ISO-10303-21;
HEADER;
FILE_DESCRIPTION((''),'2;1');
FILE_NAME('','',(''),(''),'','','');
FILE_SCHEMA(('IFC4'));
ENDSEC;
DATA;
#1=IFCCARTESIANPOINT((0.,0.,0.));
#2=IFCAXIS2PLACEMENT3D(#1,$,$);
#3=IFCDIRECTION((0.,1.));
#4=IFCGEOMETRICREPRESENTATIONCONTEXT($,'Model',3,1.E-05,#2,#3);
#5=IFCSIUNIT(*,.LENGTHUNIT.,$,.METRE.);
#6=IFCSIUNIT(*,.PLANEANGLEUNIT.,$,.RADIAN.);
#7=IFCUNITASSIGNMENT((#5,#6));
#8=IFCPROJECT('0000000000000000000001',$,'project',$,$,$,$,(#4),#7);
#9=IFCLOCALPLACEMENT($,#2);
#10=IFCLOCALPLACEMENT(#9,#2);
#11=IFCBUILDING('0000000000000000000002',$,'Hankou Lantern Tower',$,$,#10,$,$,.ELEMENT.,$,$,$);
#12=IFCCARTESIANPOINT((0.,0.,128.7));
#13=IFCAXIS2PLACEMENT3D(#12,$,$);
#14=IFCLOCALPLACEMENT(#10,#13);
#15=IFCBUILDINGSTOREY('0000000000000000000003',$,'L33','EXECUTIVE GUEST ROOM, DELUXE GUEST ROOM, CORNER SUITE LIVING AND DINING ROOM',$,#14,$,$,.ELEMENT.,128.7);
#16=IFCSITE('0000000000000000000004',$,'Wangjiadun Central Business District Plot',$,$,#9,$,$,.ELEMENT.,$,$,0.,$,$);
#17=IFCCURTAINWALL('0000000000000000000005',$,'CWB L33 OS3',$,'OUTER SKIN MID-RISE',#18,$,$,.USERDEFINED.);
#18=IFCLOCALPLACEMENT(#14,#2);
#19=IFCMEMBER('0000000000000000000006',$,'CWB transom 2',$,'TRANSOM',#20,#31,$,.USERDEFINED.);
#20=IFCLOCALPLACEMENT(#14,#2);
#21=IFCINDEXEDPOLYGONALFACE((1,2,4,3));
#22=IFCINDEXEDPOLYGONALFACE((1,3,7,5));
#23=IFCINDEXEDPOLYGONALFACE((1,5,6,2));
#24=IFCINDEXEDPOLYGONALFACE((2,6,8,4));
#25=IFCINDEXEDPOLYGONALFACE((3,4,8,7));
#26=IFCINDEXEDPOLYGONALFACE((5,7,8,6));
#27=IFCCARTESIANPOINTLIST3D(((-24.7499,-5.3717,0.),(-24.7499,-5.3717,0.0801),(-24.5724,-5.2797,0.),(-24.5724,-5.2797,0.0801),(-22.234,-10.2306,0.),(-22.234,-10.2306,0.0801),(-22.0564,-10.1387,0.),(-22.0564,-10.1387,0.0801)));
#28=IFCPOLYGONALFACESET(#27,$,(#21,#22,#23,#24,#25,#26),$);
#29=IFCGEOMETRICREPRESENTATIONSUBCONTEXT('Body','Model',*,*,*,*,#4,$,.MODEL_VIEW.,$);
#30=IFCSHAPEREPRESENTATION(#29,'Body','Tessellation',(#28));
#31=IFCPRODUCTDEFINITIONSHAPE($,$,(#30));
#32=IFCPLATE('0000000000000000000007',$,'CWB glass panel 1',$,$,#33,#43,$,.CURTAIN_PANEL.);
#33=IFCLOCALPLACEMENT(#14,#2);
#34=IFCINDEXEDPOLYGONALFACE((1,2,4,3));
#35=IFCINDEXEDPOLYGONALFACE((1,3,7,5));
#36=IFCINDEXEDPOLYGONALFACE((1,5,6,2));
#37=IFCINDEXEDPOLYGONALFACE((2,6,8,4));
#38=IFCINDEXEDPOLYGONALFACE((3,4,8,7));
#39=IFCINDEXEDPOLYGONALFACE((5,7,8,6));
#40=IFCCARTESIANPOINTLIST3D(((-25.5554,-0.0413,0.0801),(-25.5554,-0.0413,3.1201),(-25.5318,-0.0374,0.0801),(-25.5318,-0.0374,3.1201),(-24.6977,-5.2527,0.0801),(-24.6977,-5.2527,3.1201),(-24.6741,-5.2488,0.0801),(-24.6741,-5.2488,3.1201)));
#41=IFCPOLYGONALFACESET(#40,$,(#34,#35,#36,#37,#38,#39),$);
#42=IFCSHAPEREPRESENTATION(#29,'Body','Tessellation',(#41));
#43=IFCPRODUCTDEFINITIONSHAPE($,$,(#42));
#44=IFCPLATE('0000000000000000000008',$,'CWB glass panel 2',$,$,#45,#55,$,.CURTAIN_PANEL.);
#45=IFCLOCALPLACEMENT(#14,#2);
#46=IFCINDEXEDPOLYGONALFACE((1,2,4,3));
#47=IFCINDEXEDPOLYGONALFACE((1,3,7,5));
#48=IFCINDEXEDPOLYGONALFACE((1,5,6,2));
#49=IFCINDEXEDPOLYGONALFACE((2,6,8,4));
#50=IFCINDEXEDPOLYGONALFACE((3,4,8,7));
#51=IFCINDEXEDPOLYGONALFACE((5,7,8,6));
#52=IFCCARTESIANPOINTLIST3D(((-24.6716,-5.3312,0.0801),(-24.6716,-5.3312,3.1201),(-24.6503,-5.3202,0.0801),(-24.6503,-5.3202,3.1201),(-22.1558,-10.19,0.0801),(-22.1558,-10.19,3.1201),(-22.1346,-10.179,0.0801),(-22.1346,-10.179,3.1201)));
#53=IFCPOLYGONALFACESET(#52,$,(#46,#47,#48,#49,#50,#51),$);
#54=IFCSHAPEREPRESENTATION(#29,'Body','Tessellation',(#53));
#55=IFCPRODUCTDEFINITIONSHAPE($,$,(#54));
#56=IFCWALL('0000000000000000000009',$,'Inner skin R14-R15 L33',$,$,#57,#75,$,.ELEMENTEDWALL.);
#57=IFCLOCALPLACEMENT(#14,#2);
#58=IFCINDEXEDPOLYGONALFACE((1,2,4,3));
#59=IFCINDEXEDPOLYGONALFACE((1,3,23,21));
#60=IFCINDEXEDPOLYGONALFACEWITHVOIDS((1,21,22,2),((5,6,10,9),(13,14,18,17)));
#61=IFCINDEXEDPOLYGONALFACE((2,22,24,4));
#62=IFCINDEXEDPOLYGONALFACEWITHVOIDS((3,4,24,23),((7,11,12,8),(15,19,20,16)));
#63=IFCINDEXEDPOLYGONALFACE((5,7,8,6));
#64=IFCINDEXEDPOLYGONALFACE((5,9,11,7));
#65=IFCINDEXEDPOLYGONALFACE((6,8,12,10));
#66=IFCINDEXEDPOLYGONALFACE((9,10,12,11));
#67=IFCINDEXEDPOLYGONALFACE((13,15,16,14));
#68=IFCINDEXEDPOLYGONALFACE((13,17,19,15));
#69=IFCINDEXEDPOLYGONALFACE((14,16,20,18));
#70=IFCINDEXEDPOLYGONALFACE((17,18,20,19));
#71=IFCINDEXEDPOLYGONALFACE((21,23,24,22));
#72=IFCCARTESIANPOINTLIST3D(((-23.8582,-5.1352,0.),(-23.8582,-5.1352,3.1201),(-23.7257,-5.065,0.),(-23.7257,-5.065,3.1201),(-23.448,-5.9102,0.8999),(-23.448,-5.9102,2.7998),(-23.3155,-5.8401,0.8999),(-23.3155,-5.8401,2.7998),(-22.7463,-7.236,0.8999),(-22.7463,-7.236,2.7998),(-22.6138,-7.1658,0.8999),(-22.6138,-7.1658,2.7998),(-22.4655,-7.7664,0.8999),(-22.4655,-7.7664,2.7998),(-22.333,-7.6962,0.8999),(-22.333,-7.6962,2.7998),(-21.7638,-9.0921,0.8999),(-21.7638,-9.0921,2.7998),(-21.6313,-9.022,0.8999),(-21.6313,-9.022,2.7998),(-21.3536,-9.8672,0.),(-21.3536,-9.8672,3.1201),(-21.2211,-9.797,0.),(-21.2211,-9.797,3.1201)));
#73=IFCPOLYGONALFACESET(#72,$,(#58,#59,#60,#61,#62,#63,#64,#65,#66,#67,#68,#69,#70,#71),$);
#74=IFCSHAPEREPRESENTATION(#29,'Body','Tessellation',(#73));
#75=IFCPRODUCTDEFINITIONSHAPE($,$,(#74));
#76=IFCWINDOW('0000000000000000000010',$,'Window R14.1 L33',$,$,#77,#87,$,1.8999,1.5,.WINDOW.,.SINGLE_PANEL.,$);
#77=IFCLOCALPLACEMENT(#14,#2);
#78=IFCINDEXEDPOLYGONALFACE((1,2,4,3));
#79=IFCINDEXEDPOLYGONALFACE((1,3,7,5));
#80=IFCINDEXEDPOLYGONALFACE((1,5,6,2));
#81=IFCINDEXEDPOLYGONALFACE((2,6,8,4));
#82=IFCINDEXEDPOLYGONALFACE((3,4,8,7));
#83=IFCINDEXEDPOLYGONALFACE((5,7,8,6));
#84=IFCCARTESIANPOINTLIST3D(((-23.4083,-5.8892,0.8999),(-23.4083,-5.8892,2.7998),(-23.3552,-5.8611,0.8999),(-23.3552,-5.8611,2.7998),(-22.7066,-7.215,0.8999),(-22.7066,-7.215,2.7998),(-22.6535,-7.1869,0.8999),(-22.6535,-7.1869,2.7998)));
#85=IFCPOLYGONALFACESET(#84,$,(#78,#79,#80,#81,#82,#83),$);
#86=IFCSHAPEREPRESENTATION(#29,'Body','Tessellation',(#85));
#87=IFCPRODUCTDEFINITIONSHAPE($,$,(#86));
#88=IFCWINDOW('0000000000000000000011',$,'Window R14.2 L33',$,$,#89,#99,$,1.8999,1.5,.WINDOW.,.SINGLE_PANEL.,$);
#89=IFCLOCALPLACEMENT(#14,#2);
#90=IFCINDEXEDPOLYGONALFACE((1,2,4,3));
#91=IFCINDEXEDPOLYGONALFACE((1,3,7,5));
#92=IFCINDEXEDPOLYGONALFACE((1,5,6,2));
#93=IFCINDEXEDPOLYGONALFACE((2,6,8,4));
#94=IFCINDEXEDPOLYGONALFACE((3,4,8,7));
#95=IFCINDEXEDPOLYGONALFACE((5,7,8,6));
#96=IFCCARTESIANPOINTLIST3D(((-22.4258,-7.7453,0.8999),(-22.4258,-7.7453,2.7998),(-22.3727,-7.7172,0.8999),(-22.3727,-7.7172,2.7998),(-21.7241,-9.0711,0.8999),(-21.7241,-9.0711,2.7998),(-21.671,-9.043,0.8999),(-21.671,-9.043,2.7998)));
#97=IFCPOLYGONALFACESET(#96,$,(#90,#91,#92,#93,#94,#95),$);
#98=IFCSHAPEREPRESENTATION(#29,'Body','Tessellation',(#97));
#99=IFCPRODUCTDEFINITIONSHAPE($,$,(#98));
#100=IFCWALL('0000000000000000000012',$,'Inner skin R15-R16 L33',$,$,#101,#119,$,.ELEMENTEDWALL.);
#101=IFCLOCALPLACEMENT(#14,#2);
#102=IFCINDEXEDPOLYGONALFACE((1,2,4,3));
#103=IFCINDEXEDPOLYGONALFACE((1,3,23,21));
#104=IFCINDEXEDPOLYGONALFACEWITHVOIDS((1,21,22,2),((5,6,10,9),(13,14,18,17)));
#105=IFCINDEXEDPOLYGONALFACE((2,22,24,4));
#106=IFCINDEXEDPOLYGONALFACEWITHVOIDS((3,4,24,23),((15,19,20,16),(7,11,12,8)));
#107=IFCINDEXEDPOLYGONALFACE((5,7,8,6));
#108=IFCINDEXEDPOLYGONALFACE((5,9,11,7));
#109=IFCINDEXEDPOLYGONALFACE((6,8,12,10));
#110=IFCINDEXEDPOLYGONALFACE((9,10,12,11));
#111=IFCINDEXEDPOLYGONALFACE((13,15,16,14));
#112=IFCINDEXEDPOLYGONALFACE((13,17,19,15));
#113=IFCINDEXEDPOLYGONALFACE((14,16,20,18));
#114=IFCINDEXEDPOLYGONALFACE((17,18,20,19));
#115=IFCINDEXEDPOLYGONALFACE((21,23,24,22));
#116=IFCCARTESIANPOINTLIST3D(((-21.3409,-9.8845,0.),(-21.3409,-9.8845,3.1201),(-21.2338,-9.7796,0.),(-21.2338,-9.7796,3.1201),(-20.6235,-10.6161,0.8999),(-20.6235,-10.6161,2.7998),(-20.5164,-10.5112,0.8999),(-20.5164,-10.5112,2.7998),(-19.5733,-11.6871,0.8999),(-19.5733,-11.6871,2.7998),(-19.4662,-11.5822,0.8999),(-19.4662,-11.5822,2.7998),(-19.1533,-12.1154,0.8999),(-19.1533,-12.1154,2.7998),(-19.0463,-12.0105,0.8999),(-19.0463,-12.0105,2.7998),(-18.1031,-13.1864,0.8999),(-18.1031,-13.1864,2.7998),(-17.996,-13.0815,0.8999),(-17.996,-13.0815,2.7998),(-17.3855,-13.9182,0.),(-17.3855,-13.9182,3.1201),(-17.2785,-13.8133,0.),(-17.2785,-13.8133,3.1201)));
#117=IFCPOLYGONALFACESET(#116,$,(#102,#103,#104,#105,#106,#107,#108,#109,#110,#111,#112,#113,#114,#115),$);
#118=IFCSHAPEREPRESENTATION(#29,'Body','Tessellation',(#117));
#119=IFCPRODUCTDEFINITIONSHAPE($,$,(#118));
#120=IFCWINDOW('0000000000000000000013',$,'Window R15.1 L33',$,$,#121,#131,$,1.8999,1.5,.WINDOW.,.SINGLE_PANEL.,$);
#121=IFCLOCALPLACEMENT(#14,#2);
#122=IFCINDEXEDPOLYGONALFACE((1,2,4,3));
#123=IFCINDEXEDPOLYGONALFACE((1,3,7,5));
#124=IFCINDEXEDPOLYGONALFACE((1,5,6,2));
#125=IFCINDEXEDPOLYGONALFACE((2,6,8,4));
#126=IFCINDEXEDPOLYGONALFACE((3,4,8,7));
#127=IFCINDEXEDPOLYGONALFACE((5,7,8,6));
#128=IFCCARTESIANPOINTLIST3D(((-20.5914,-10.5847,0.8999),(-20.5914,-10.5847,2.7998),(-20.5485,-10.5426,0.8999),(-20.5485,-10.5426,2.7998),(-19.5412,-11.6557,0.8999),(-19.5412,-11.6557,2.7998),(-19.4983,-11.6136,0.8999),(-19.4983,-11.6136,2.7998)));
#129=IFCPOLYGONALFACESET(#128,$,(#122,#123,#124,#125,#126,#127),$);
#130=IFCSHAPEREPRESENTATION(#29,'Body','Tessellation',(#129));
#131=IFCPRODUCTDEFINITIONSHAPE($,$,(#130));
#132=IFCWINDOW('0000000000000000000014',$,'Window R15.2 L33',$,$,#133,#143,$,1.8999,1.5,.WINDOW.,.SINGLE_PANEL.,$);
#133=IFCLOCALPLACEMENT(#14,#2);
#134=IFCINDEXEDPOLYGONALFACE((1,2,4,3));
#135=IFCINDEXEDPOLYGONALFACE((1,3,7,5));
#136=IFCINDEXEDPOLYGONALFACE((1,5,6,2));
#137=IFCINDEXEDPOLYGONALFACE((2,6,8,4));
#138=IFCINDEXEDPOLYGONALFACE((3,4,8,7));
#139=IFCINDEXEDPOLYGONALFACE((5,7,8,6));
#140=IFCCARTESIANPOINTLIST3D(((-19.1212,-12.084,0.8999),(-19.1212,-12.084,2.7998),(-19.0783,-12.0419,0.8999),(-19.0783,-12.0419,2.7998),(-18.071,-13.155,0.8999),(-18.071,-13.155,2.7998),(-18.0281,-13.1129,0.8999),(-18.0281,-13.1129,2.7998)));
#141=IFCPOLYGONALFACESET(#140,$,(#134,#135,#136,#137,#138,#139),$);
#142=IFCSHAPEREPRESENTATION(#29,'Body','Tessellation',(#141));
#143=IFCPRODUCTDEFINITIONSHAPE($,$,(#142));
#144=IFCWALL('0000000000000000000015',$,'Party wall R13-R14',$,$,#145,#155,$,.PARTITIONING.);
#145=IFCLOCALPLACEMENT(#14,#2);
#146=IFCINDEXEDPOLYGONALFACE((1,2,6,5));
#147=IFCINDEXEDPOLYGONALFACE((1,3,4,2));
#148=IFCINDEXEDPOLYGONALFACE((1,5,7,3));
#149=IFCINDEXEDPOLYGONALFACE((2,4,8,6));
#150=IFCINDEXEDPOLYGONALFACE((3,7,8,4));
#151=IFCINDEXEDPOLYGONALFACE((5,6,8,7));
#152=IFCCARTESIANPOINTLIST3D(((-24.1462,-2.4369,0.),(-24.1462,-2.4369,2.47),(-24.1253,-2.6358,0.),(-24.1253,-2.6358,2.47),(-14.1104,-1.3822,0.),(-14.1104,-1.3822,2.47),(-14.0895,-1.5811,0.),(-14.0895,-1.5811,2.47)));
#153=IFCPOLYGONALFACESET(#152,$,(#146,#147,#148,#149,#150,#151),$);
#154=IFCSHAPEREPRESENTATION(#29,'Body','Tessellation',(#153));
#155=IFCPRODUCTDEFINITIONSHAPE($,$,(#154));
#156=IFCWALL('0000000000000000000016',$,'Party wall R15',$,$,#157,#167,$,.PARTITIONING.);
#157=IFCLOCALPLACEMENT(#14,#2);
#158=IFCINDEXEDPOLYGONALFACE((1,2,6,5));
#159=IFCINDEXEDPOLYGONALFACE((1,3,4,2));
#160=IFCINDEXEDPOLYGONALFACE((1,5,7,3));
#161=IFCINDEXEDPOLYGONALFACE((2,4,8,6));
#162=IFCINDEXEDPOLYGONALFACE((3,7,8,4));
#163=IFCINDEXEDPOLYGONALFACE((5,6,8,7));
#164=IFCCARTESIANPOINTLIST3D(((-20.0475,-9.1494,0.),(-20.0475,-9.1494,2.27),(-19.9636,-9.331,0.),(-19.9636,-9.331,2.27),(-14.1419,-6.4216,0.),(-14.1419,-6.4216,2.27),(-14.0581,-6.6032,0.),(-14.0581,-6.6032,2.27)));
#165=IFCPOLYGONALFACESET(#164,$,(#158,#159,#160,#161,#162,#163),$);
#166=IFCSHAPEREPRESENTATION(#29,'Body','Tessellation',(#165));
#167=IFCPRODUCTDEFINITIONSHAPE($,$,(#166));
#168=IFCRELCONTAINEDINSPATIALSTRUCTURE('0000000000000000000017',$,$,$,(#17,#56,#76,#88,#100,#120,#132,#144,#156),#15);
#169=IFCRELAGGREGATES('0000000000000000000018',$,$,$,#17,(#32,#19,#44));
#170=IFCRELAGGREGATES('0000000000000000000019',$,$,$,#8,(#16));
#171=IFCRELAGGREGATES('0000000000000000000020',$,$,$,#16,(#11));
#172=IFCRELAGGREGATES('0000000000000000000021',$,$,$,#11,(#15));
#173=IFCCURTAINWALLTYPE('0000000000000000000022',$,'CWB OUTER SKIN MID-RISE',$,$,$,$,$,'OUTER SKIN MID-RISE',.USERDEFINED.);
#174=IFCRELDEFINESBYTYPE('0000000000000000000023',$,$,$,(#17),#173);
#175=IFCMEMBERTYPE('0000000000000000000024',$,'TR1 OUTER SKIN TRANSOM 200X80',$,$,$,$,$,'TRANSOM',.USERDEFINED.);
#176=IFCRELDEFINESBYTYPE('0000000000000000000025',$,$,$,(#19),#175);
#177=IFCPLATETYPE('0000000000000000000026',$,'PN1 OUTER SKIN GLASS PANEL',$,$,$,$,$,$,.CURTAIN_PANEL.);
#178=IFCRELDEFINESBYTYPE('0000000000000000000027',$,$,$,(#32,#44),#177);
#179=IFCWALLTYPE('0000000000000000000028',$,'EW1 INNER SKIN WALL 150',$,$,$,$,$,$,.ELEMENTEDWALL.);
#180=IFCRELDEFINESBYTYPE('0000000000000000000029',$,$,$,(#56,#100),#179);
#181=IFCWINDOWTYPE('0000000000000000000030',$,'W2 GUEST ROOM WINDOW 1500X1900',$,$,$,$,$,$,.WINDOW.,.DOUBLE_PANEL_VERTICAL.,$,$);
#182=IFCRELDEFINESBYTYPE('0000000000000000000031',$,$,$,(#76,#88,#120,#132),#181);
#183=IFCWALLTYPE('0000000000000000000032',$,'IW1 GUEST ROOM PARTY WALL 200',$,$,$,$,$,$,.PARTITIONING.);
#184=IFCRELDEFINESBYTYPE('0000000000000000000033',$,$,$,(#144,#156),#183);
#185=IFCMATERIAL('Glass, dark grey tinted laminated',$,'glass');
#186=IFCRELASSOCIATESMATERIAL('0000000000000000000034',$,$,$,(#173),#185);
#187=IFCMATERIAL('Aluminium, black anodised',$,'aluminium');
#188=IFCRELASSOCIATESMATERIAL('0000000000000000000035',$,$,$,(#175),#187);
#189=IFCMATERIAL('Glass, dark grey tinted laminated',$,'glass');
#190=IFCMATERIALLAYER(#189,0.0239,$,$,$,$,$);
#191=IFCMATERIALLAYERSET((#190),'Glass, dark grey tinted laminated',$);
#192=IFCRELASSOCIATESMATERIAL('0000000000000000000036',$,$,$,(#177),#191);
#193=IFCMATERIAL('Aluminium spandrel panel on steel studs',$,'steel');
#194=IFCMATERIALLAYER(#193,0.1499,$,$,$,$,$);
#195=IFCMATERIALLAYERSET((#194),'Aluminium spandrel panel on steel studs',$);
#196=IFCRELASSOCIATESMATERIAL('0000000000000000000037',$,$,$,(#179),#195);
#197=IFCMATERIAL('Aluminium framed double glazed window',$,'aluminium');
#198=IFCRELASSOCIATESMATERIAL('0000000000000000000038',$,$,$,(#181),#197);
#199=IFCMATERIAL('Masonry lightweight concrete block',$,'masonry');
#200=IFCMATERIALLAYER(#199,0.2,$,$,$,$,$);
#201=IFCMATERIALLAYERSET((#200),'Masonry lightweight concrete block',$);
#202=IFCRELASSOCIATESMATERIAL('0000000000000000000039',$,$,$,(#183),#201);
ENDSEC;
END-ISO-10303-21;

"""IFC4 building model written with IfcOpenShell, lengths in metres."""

from ifc_helpers import new_model, si_unit, direction, frame, frame_2d, origin, origin_2d, place, context, subcontext, project, spatial, rectangle, extrude, material, layer, layer_set, material_profile, profile_set, type_object, element, fill, aggregate, save


model = new_model("IFC4")

# Units and contexts
model_context = context("Model", 3, precision=1e-05, world=origin(), true_north=direction((0.0, 1.0)))
body_context = subcontext(model_context, "Body", "Model", "MODEL_VIEW")
ifc_project = project(units=[si_unit("LENGTHUNIT", "METRE"), si_unit("PLANEANGLEUNIT", "RADIAN")], contexts=[model_context])

# Site, building, storey
site_placement = place(None, origin())
site = spatial("IfcSite", under=ifc_project, at=site_placement, Name="Wangjiadun Central Business District Plot", CompositionType="ELEMENT", RefElevation=0.0)
building_placement = place(site_placement, origin())
building = spatial("IfcBuilding", under=site, at=building_placement, Name="Hankou Lantern Tower", CompositionType="ELEMENT")
storey_placement = place(building_placement, frame((0.0, 0.0, 128.7)))
storey = spatial("IfcBuildingStorey", under=building, at=storey_placement, Name="L33", Description="EXECUTIVE GUEST ROOM, DELUXE GUEST ROOM, CORNER SUITE LIVING AND DINING ROOM", CompositionType="ELEMENT", Elevation=128.7)

# Curtain wall
ifc_material_1 = material(Name="Glass, dark grey tinted laminated", Category="glass")
curtain_wall_type = type_object("IfcCurtainWallType", Name="CWB OUTER SKIN MID-RISE", ElementType="OUTER SKIN MID-RISE", PredefinedType="USERDEFINED", material=ifc_material_1)
curtain_wall_placement = place(storey_placement, origin())
curtain_wall = element("IfcCurtainWall", 1, at=curtain_wall_placement, inside=storey, type_object=curtain_wall_type, Name="CWB L33 OS3", ObjectType="OUTER SKIN MID-RISE", PredefinedType="USERDEFINED")

# Member
ifc_material_2 = material(Name="Aluminium, black anodised", Category="aluminium")
ifc_material_profile_1 = material_profile(ifc_material_2, rectangle(XDim=0.2, YDim=0.0801, at=origin_2d()), Name="TR1 200X80")
ifc_profile_set_1 = profile_set([ifc_material_profile_1], Name="Aluminium, black anodised")
member_type_1 = type_object("IfcMemberType", Name="TR1 OUTER SKIN TRANSOM 200X80", ElementType="TRANSOM", PredefinedType="USERDEFINED", material=ifc_profile_set_1)
member_1_placement = place(storey_placement, frame((-24.6611, -5.3257, 0.04), z_axis=(0.459805, -0.88802, 0.0), x_axis=(0.88802, 0.459805, 0.0)))
member_1 = element("IfcMember", 2, at=member_1_placement, type_object=member_type_1, Name="CWB transom 2", ObjectType="TRANSOM", PredefinedType="USERDEFINED", context=body_context, shape_type="SweptSolid", body=[
    extrude(rectangle(XDim=0.2, YDim=0.0801, at=origin_2d()), origin(), (0.0, 0.0, 1.0), 5.4717),
])

# Plates
ifc_material_3 = material(Name="Glass, dark grey tinted laminated", Category="glass")
ifc_layer_1 = layer(ifc_material_3, 0.0239)
ifc_layer_set_1 = layer_set([ifc_layer_1], Name="Glass, dark grey tinted laminated")
plate_type = type_object("IfcPlateType", Name="PN1 OUTER SKIN GLASS PANEL", PredefinedType="CURTAIN_PANEL", material=ifc_layer_set_1)
plate_1_placement = place(storey_placement, frame((-25.1147, -2.645, 0.0801), z_axis=(0.0, 0.0, 1.0), x_axis=(0.162382, -0.986728, 0.0)))
plate_1 = element("IfcPlate", 3, at=plate_1_placement, type_object=plate_type, Name="CWB glass panel 1", PredefinedType="CURTAIN_PANEL", context=body_context, shape_type="SweptSolid", body=[
    extrude(rectangle(XDim=5.2815, YDim=0.0239, at=origin_2d()), origin(), (0.0, 0.0, 1.0), 3.04),
])
plate_2_placement = place(storey_placement, frame((-23.4031, -7.7551, 0.0801), z_axis=(0.0, 0.0, 1.0), x_axis=(0.459791, -0.888027, 0.0)))
plate_2 = element("IfcPlate", 4, at=plate_2_placement, type_object=plate_type, Name="CWB glass panel 2", PredefinedType="CURTAIN_PANEL", context=body_context, shape_type="SweptSolid", body=[
    extrude(rectangle(XDim=5.4714, YDim=0.0239, at=origin_2d()), origin(), (0.0, 0.0, 1.0), 3.04),
])
aggregate(curtain_wall, [plate_1, member_1, plate_2])

# Walls, openings, windows
ifc_material_4 = material(Name="Aluminium spandrel panel on steel studs", Category="steel")
ifc_layer_2 = layer(ifc_material_4, 0.1499)
ifc_layer_set_2 = layer_set([ifc_layer_2], Name="Aluminium spandrel panel on steel studs")
wall_type_1 = type_object("IfcWallType", Name="EW1 INNER SKIN WALL 150", PredefinedType="ELEMENTEDWALL", material=ifc_layer_set_2)
wall_1_placement = place(storey_placement, frame((-23.792, -5.1001, 0.0), z_axis=(0.0, 0.0, 1.0), x_axis=(0.467814, -0.883827, 0.0)))
wall_1 = element("IfcWall", 5, at=wall_1_placement, inside=storey, type_object=wall_type_1, Name="Inner skin R14-R15 L33", PredefinedType="ELEMENTEDWALL", context=body_context, shape_type="SweptSolid", body=[
    extrude(rectangle(XDim=5.354, YDim=0.1499, at=frame_2d((2.677, 0.0))), origin(), (0.0, 0.0, 1.0), 3.1201),
])
opening_1_placement = place(wall_1_placement, frame((0.877, 0.0, 0.8999)))
opening_1 = element("IfcOpeningElement", 6, at=opening_1_placement, cuts=wall_1, PredefinedType="OPENING", context=body_context, shape_type="SweptSolid", body=[
    extrude(rectangle(XDim=1.5, YDim=1.8999, at=frame_2d((0.75, 0.95))), frame((0.0, 0.085, 0.0), z_axis=(0.0, -1.0, 0.0), x_axis=(1.0, 0.0, 0.0)), (0.0, 0.0, 1.0), 0.1699),
])
opening_2_placement = place(wall_1_placement, frame((2.9771, 0.0, 0.8999)))
opening_2 = element("IfcOpeningElement", 7, at=opening_2_placement, cuts=wall_1, PredefinedType="OPENING", context=body_context, shape_type="SweptSolid", body=[
    extrude(rectangle(XDim=1.5, YDim=1.8999, at=frame_2d((0.75, 0.95))), frame((0.0, 0.085, 0.0), z_axis=(0.0, -1.0, 0.0), x_axis=(1.0, 0.0, 0.0)), (0.0, 0.0, 1.0), 0.1699),
])
ifc_material_5 = material(Name="Aluminium framed double glazed window", Category="aluminium")
window_type = type_object("IfcWindowType", Name="W2 GUEST ROOM WINDOW 1500X1900", PartitioningType="DOUBLE_PANEL_VERTICAL", PredefinedType="WINDOW", material=ifc_material_5)
window_1_placement = place(opening_1_placement, origin())
window_1 = element("IfcWindow", 8, at=window_1_placement, inside=storey, type_object=window_type, Name="Window R14.1 L33", OverallHeight=1.8999, OverallWidth=1.5, PartitioningType="SINGLE_PANEL", PredefinedType="WINDOW", context=body_context, shape_type="SweptSolid", body=[
    extrude(rectangle(XDim=1.5, YDim=1.8999, at=frame_2d((0.75, 0.95))), frame((0.0, 0.03, 0.0), z_axis=(0.0, -1.0, 0.0), x_axis=(1.0, 0.0, 0.0)), (0.0, 0.0, 1.0), 0.0601),
])
fill(opening_1, window_1)
window_2_placement = place(opening_2_placement, origin())
window_2 = element("IfcWindow", 9, at=window_2_placement, inside=storey, type_object=window_type, Name="Window R14.2 L33", OverallHeight=1.8999, OverallWidth=1.5, PartitioningType="SINGLE_PANEL", PredefinedType="WINDOW", context=body_context, shape_type="SweptSolid", body=[
    extrude(rectangle(XDim=1.5, YDim=1.8999, at=frame_2d((0.75, 0.95))), frame((0.0, 0.03, 0.0), z_axis=(0.0, -1.0, 0.0), x_axis=(1.0, 0.0, 0.0)), (0.0, 0.0, 1.0), 0.0601),
])
fill(opening_2, window_2)
wall_2_placement = place(storey_placement, frame((-21.2874, -9.832, 0.0), z_axis=(0.0, 0.0, 1.0), x_axis=(0.700137, -0.714009, 0.0)))
wall_2 = element("IfcWall", 10, at=wall_2_placement, inside=storey, type_object=wall_type_1, Name="Inner skin R15-R16 L33", PredefinedType="ELEMENTEDWALL", context=body_context, shape_type="SweptSolid", body=[
    extrude(rectangle(XDim=5.6494, YDim=0.1499, at=frame_2d((2.8247, 0.0))), origin(), (0.0, 0.0, 1.0), 3.1201),
])
opening_3_placement = place(wall_2_placement, frame((1.0247, 0.0, 0.8999)))
opening_3 = element("IfcOpeningElement", 11, at=opening_3_placement, cuts=wall_2, PredefinedType="OPENING", context=body_context, shape_type="SweptSolid", body=[
    extrude(rectangle(XDim=1.5, YDim=1.8999, at=frame_2d((0.75, 0.95))), frame((0.0, 0.085, 0.0), z_axis=(0.0, -1.0, 0.0), x_axis=(1.0, 0.0, 0.0)), (0.0, 0.0, 1.0), 0.1699),
])
opening_4_placement = place(wall_2_placement, frame((3.1245, 0.0, 0.8999)))
opening_4 = element("IfcOpeningElement", 12, at=opening_4_placement, cuts=wall_2, PredefinedType="OPENING", context=body_context, shape_type="SweptSolid", body=[
    extrude(rectangle(XDim=1.5, YDim=1.8999, at=frame_2d((0.75, 0.95))), frame((0.0, 0.085, 0.0), z_axis=(0.0, -1.0, 0.0), x_axis=(1.0, 0.0, 0.0)), (0.0, 0.0, 1.0), 0.1699),
])
window_3_placement = place(opening_3_placement, origin())
window_3 = element("IfcWindow", 13, at=window_3_placement, inside=storey, type_object=window_type, Name="Window R15.1 L33", OverallHeight=1.8999, OverallWidth=1.5, PartitioningType="SINGLE_PANEL", PredefinedType="WINDOW", context=body_context, shape_type="SweptSolid", body=[
    extrude(rectangle(XDim=1.5, YDim=1.8999, at=frame_2d((0.75, 0.95))), frame((0.0, 0.03, 0.0), z_axis=(0.0, -1.0, 0.0), x_axis=(1.0, 0.0, 0.0)), (0.0, 0.0, 1.0), 0.0601),
])
fill(opening_3, window_3)
window_4_placement = place(opening_4_placement, origin())
window_4 = element("IfcWindow", 14, at=window_4_placement, inside=storey, type_object=window_type, Name="Window R15.2 L33", OverallHeight=1.8999, OverallWidth=1.5, PartitioningType="SINGLE_PANEL", PredefinedType="WINDOW", context=body_context, shape_type="SweptSolid", body=[
    extrude(rectangle(XDim=1.5, YDim=1.8999, at=frame_2d((0.75, 0.95))), frame((0.0, 0.03, 0.0), z_axis=(0.0, -1.0, 0.0), x_axis=(1.0, 0.0, 0.0)), (0.0, 0.0, 1.0), 0.0601),
])
fill(opening_4, window_4)

# Walls
ifc_material_6 = material(Name="Masonry lightweight concrete block", Category="masonry")
ifc_layer_3 = layer(ifc_material_6, 0.2)
ifc_layer_set_3 = layer_set([ifc_layer_3], Name="Masonry lightweight concrete block")
wall_type_2 = type_object("IfcWallType", Name="IW1 GUEST ROOM PARTY WALL 200", PredefinedType="PARTITIONING", material=ifc_layer_set_3)
wall_3_placement = place(storey_placement, frame((-14.1001, -1.4817, 0.0), z_axis=(0.0, 0.0, 1.0), x_axis=(-0.994523, -0.104516, 0.0)))
element("IfcWall", 15, at=wall_3_placement, inside=storey, type_object=wall_type_2, Name="Party wall R13-R14", PredefinedType="PARTITIONING", context=body_context, shape_type="SweptSolid", body=[
    extrude(rectangle(XDim=10.0911, YDim=0.2, at=frame_2d((5.0454, 0.0))), origin(), (0.0, 0.0, 1.0), 2.47),
])
wall_4_placement = place(storey_placement, frame((-14.1001, -6.5125, 0.0), z_axis=(0.0, 0.0, 1.0), x_axis=(-0.907833, -0.419332, 0.0)))
element("IfcWall", 16, at=wall_4_placement, inside=storey, type_object=wall_type_2, Name="Party wall R15", PredefinedType="PARTITIONING", context=body_context, shape_type="SweptSolid", body=[
    extrude(rectangle(XDim=6.5051, YDim=0.2, at=frame_2d((3.2524, 0.0))), origin(), (0.0, 0.0, 1.0), 2.27),
])

save(model, "model.ifc")
